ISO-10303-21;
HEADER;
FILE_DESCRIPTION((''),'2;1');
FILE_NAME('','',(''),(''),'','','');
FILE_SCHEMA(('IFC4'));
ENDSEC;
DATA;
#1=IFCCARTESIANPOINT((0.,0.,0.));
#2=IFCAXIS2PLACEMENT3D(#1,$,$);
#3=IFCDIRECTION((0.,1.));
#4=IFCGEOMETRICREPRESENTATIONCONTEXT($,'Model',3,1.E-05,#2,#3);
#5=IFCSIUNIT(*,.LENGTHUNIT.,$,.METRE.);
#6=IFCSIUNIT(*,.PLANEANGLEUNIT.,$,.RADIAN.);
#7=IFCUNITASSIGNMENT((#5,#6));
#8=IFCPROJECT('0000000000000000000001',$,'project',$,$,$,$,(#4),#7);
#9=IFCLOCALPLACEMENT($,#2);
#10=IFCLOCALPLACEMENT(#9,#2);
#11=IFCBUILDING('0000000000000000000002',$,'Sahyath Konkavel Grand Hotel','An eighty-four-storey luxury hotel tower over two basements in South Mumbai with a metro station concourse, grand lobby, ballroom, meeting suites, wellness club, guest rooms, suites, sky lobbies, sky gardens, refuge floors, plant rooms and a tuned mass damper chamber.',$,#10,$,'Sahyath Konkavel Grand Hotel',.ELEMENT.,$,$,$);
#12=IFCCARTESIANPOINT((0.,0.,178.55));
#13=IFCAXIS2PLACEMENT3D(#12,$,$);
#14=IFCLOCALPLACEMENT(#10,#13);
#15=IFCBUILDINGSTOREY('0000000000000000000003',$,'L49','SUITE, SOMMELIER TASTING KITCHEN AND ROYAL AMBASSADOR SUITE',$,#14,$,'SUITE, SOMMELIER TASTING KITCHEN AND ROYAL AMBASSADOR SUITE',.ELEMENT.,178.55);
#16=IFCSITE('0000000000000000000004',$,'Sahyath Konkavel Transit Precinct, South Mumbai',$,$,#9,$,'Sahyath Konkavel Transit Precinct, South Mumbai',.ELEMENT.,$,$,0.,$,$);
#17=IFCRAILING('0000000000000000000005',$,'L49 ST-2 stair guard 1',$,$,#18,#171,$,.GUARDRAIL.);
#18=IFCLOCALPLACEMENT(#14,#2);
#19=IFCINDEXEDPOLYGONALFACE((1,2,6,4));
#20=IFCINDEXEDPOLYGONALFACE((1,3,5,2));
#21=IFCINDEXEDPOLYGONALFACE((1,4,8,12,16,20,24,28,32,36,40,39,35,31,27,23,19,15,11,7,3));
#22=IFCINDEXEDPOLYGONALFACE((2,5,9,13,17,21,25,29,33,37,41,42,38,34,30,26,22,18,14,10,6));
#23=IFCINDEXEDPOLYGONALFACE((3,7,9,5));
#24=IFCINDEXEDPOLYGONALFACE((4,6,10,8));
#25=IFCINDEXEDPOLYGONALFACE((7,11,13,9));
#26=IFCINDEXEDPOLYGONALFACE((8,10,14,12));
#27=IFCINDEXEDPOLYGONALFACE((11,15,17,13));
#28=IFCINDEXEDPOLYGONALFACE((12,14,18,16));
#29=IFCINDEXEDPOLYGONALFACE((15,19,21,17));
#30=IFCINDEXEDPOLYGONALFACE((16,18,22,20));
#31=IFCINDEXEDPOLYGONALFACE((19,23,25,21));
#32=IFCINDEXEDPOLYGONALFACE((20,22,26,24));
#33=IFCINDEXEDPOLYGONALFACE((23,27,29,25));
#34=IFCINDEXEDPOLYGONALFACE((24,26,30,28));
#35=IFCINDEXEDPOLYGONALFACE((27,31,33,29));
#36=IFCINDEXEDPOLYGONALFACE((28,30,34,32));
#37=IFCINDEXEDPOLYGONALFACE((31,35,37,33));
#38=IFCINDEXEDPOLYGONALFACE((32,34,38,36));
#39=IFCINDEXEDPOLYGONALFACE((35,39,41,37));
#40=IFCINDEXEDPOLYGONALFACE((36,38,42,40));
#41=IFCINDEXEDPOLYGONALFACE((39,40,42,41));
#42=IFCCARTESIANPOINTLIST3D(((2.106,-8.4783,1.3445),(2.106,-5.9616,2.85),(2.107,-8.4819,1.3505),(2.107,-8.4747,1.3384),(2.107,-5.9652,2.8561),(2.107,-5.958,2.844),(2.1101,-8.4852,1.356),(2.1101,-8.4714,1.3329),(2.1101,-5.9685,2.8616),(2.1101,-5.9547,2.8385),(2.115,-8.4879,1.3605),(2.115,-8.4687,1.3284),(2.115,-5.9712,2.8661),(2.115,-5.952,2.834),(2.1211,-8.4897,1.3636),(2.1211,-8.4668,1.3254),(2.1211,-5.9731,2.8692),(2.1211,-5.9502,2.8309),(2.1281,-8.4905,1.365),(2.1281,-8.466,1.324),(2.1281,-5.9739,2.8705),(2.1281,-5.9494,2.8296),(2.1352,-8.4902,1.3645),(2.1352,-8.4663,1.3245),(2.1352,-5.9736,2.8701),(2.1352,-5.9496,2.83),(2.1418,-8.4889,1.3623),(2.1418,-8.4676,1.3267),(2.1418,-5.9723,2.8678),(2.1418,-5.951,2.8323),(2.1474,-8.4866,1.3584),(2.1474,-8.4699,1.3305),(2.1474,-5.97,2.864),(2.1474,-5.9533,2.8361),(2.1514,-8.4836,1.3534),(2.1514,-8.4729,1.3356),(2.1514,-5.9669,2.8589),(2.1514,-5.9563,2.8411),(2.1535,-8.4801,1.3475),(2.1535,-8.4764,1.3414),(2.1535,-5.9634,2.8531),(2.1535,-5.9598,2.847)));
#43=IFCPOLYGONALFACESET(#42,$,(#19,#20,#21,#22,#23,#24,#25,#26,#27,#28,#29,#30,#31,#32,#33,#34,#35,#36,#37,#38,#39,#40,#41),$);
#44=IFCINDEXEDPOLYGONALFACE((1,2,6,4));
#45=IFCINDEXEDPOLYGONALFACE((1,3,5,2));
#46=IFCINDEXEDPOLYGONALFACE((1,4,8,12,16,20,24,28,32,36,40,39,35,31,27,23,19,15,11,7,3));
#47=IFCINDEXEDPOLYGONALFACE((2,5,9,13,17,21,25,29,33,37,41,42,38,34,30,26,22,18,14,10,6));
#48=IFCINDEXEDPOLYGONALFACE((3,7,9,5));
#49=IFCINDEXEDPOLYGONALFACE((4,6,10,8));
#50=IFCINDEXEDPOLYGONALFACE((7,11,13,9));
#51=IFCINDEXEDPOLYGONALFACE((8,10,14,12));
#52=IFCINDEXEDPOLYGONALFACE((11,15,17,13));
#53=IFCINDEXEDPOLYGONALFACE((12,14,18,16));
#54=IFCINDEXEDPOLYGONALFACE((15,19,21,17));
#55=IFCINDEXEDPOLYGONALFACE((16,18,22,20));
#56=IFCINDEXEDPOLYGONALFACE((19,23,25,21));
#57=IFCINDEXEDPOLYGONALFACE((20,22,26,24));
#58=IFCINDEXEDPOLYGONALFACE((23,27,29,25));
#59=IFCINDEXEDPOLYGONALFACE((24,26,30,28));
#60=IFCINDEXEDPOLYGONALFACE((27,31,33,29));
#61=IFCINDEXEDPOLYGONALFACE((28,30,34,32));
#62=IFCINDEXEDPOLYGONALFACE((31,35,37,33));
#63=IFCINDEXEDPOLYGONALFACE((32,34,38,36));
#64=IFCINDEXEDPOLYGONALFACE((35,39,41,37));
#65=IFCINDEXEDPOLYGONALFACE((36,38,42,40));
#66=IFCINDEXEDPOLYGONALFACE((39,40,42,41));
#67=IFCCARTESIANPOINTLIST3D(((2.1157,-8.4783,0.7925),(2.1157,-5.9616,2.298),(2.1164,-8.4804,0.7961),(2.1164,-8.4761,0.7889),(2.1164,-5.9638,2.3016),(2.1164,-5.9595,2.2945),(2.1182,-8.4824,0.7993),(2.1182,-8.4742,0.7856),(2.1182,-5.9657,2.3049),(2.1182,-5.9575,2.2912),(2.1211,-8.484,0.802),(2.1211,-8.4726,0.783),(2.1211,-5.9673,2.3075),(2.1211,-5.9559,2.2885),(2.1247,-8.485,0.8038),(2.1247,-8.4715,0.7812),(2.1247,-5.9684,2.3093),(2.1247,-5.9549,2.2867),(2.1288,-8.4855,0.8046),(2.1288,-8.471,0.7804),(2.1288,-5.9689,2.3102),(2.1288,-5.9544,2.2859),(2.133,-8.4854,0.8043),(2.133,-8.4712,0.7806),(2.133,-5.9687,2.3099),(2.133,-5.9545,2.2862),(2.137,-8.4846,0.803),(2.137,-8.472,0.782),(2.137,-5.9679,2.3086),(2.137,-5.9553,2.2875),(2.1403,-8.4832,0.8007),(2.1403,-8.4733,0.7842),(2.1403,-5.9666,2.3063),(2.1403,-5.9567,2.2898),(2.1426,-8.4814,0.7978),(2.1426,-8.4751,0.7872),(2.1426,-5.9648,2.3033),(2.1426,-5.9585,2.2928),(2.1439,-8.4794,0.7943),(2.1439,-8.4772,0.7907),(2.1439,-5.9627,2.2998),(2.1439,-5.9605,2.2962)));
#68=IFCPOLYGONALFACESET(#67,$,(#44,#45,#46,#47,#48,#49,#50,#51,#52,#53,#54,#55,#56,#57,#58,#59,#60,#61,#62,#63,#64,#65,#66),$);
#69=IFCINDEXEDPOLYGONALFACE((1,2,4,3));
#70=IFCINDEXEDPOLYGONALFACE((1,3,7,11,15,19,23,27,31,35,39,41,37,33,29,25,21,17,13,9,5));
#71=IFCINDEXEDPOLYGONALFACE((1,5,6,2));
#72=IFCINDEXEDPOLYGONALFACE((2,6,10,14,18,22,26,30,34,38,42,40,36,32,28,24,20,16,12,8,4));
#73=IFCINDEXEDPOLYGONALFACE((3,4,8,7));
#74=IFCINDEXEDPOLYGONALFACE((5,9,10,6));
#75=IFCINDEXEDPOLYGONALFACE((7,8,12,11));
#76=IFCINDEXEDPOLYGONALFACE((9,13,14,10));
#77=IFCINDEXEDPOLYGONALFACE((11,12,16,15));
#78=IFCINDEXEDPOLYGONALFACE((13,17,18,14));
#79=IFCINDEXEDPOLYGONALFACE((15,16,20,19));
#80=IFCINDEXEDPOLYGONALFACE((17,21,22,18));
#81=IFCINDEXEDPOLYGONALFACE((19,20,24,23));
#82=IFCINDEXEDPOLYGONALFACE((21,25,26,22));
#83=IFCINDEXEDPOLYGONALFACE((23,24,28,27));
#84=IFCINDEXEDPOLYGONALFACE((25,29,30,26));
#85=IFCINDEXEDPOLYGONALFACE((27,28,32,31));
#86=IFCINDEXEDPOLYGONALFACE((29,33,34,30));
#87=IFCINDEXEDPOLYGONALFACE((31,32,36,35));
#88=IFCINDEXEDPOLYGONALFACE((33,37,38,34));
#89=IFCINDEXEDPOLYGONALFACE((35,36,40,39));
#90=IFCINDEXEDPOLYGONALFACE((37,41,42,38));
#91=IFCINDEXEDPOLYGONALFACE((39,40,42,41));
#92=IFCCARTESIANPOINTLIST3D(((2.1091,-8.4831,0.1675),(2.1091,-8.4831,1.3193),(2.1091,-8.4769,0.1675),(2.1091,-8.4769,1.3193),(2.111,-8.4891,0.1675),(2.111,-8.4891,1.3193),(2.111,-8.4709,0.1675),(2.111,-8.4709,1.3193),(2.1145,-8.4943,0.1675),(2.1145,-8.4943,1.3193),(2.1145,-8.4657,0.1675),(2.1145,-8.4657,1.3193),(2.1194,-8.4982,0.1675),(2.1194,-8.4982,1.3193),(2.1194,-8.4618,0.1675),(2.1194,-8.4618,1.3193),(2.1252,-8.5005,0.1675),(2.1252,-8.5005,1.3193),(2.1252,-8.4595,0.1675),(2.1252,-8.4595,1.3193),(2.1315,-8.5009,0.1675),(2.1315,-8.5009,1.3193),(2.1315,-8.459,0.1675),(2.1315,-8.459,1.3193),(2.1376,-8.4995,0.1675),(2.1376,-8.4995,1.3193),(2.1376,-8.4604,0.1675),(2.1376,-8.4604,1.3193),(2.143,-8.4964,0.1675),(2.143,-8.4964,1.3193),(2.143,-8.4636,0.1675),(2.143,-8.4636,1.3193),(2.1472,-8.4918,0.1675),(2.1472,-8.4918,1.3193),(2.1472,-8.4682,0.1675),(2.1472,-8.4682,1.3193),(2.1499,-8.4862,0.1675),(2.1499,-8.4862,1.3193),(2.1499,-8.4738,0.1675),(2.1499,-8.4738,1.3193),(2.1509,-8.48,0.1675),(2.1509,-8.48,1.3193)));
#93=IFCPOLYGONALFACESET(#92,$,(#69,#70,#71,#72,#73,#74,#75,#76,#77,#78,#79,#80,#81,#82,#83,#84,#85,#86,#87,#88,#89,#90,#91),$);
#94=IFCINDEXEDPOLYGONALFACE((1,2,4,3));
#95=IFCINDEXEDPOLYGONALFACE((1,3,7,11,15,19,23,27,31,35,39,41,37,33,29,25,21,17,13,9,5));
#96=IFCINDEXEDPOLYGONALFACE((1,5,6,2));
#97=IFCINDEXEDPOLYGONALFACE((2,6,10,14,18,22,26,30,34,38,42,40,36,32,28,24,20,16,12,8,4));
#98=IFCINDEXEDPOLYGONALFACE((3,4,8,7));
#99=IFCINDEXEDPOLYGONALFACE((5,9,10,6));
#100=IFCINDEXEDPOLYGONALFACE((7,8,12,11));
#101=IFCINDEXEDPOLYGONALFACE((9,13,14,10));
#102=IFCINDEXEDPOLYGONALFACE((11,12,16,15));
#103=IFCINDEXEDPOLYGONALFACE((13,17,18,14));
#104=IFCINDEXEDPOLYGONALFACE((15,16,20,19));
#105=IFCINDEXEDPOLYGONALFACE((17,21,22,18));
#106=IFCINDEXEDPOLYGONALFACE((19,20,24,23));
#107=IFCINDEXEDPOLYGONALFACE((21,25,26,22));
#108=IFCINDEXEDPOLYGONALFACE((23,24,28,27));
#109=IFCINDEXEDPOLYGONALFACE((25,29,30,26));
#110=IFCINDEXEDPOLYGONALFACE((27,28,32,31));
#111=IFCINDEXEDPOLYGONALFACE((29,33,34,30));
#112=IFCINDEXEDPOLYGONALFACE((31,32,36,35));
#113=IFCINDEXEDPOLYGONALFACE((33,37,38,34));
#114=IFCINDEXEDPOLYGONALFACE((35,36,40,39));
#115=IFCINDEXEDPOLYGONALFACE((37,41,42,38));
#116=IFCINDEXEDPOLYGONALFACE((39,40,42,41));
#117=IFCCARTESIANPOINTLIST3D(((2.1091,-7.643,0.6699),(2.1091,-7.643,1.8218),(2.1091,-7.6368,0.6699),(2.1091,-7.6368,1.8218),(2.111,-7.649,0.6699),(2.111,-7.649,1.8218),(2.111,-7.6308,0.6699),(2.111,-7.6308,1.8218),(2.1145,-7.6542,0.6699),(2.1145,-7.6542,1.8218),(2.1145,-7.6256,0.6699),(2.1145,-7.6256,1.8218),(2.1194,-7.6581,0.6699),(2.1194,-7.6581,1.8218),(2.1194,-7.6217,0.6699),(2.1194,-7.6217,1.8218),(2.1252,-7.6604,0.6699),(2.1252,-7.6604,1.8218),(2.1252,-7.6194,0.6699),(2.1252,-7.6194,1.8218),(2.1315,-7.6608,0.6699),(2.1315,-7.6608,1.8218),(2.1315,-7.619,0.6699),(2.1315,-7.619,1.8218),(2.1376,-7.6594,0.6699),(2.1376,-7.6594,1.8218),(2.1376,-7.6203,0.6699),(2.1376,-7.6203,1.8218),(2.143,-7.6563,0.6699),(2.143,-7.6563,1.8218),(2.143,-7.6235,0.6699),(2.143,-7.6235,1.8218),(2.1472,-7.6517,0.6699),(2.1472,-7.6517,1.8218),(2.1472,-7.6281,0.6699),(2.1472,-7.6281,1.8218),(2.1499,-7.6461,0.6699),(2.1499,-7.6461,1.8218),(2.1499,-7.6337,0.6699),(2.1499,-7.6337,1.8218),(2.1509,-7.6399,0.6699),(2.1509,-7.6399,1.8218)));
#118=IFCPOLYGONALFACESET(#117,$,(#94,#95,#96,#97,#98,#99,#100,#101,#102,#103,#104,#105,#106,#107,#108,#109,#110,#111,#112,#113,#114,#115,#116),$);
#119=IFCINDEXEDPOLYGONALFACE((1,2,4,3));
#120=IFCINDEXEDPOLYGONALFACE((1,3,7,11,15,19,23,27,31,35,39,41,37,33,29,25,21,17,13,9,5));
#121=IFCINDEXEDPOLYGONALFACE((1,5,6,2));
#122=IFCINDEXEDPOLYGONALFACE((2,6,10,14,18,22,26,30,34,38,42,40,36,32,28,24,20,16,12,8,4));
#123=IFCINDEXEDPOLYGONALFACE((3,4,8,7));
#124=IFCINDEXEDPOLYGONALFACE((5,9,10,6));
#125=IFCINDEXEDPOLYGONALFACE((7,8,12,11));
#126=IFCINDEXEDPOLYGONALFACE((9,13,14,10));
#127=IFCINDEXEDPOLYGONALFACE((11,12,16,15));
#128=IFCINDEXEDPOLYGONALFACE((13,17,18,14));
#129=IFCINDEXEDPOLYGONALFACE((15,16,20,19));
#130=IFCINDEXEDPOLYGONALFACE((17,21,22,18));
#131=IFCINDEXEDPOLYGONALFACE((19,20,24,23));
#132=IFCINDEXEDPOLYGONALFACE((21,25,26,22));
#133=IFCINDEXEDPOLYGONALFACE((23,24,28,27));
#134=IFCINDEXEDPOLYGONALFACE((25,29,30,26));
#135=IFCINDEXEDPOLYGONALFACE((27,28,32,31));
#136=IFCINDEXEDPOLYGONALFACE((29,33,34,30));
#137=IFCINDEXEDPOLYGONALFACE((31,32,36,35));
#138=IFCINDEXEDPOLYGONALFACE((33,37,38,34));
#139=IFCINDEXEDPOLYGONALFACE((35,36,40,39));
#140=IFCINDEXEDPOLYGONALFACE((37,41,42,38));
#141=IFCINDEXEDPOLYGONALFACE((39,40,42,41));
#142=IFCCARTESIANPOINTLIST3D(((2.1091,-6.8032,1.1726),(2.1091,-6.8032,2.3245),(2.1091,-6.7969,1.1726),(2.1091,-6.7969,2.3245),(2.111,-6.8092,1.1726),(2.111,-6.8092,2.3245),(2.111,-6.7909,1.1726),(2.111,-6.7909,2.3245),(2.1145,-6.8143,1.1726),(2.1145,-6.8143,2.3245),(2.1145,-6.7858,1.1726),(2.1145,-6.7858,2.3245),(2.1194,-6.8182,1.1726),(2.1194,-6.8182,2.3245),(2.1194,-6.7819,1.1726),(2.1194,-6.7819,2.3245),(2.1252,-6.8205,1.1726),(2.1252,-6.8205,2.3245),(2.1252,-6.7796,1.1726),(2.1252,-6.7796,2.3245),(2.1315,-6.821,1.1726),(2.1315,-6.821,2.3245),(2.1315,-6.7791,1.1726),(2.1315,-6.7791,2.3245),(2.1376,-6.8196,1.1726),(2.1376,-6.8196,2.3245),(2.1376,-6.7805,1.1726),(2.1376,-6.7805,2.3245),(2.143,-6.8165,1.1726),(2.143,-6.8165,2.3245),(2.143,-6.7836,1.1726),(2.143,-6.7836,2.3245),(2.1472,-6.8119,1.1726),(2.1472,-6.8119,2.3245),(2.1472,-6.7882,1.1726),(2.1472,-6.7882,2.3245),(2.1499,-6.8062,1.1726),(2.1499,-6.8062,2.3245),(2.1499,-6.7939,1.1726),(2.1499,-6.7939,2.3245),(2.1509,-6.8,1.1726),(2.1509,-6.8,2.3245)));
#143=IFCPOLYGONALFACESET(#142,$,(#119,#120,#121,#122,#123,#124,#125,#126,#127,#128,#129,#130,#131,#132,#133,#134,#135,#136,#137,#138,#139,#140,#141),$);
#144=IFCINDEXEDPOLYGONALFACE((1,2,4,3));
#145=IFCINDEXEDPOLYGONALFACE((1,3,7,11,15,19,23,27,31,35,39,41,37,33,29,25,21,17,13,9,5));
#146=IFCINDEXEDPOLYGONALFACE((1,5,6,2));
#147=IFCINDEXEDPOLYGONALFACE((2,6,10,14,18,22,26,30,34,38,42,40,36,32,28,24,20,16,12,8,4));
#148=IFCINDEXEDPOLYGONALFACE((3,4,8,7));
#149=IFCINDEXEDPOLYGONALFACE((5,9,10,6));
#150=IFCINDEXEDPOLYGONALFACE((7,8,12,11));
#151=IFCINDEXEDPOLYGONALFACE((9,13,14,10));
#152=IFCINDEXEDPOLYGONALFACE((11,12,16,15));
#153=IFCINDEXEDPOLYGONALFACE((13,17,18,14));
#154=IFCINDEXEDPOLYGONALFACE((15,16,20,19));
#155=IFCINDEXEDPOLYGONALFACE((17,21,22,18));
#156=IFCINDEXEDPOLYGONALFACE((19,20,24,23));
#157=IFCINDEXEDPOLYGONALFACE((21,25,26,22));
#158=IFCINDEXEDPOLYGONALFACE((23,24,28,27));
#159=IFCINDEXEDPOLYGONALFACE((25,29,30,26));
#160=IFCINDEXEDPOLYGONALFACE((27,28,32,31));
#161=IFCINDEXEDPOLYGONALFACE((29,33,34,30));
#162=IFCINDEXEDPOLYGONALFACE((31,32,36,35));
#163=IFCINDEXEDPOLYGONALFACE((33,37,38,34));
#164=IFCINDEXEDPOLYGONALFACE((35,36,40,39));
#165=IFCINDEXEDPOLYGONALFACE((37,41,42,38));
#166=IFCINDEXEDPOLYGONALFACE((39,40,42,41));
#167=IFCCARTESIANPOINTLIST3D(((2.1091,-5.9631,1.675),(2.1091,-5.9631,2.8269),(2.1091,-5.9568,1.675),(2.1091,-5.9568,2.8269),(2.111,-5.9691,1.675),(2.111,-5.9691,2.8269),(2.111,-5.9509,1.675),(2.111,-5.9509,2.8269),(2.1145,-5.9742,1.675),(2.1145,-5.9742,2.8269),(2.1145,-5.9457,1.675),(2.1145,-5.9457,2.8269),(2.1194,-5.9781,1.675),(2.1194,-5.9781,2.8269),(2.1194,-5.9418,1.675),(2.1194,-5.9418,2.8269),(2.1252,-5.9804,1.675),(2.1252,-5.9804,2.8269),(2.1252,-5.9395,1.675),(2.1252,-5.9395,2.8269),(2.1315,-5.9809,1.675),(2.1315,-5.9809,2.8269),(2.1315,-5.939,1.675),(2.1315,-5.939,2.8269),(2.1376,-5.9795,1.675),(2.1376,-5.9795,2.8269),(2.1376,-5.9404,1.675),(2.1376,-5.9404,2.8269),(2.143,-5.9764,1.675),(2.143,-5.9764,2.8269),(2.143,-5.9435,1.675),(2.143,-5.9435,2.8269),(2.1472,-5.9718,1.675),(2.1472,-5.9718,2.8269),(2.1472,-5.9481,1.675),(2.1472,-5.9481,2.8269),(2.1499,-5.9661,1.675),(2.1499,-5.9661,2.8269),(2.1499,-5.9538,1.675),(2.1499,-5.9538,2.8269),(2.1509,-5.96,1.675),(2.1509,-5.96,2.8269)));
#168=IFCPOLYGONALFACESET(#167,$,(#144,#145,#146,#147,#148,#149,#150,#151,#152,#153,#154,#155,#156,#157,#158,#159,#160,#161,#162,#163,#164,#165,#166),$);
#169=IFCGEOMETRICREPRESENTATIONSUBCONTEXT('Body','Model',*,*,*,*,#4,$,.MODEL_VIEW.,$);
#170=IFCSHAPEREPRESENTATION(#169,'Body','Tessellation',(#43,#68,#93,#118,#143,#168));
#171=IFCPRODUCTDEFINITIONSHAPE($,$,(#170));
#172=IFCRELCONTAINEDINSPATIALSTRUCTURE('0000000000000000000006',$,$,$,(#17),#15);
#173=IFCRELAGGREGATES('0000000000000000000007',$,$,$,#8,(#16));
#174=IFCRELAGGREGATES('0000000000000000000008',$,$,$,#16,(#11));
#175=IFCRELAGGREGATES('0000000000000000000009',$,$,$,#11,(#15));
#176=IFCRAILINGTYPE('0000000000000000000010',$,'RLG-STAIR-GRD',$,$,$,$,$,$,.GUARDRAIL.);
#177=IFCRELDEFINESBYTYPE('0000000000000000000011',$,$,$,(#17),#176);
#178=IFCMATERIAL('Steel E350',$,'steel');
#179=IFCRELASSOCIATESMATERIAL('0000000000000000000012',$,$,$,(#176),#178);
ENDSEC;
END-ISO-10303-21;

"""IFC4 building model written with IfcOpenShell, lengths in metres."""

from ifc_helpers import new_model, si_unit, direction, frame, origin, origin_2d, place, context, subcontext, project, spatial, circle, extrude, material, type_object, element, save


model = new_model("IFC4")

# Units and contexts
model_context = context("Model", 3, precision=1e-05, world=origin(), true_north=direction((0.0, 1.0)))
body_context = subcontext(model_context, "Body", "Model", "MODEL_VIEW")
ifc_project = project(units=[si_unit("LENGTHUNIT", "METRE"), si_unit("PLANEANGLEUNIT", "RADIAN")], contexts=[model_context])

# Site, building, storey
site_placement = place(None, origin())
site = spatial("IfcSite", under=ifc_project, at=site_placement, Name="Sahyath Konkavel Transit Precinct, South Mumbai", LongName="Sahyath Konkavel Transit Precinct, South Mumbai", CompositionType="ELEMENT", RefElevation=0.0)
building_placement = place(site_placement, origin())
building = spatial("IfcBuilding", under=site, at=building_placement, Name="Sahyath Konkavel Grand Hotel", Description="An eighty-four-storey luxury hotel tower over two basements in South Mumbai with a metro station concourse, grand lobby, ballroom, meeting suites, wellness club, guest rooms, suites, sky lobbies, sky gardens, refuge floors, plant rooms and a tuned mass damper chamber.", LongName="Sahyath Konkavel Grand Hotel", CompositionType="ELEMENT")
storey_placement = place(building_placement, frame((0.0, 0.0, 178.55)))
storey = spatial("IfcBuildingStorey", under=building, at=storey_placement, Name="L49", Description="SUITE, SOMMELIER TASTING KITCHEN AND ROYAL AMBASSADOR SUITE", LongName="SUITE, SOMMELIER TASTING KITCHEN AND ROYAL AMBASSADOR SUITE", CompositionType="ELEMENT", Elevation=178.55)

# Shared definitions
ifc_material_1 = material(Name="Steel E350", Category="steel")

# Railing
railing_type_1 = type_object("IfcRailingType", Name="RLG-STAIR-GRD", PredefinedType="GUARDRAIL", material=ifc_material_1)
railing_1_placement = place(storey_placement, frame((2.1299, -8.48, 0.1675)))
element("IfcRailing", 1, at=railing_1_placement, inside=storey, type_object=railing_type_1, Name="L49 ST-2 stair guard 1", PredefinedType="GUARDRAIL", context=body_context, shape_type="SweptSolid", body=[
    extrude(circle(Radius=0.0239, at=origin_2d()), frame((0.0, 0.0017, 1.177), z_axis=(0.0, 0.85816, 0.513383), x_axis=(-1.0, 0.0, 0.0)), (0.0, 0.0, 1.0), 2.9326),
    extrude(circle(Radius=0.0142, at=origin_2d()), frame((0.0, 0.0017, 0.625), z_axis=(0.0, 0.85816, 0.513383), x_axis=(-1.0, 0.0, 0.0)), (0.0, 0.0, 1.0), 2.9326),
    extrude(circle(Radius=0.021, at=origin_2d()), origin(), (0.0, 0.0, 1.0), 1.1519),
    extrude(circle(Radius=0.021, at=origin_2d()), frame((0.0, 0.8401, 0.5024)), (0.0, 0.0, 1.0), 1.1519),
    extrude(circle(Radius=0.021, at=origin_2d()), frame((0.0, 1.6799, 1.0051)), (0.0, 0.0, 1.0), 1.1519),
    extrude(circle(Radius=0.021, at=origin_2d()), frame((0.0, 2.52, 1.5076)), (0.0, 0.0, 1.0), 1.1519),
])

save(model, "model.ifc")
